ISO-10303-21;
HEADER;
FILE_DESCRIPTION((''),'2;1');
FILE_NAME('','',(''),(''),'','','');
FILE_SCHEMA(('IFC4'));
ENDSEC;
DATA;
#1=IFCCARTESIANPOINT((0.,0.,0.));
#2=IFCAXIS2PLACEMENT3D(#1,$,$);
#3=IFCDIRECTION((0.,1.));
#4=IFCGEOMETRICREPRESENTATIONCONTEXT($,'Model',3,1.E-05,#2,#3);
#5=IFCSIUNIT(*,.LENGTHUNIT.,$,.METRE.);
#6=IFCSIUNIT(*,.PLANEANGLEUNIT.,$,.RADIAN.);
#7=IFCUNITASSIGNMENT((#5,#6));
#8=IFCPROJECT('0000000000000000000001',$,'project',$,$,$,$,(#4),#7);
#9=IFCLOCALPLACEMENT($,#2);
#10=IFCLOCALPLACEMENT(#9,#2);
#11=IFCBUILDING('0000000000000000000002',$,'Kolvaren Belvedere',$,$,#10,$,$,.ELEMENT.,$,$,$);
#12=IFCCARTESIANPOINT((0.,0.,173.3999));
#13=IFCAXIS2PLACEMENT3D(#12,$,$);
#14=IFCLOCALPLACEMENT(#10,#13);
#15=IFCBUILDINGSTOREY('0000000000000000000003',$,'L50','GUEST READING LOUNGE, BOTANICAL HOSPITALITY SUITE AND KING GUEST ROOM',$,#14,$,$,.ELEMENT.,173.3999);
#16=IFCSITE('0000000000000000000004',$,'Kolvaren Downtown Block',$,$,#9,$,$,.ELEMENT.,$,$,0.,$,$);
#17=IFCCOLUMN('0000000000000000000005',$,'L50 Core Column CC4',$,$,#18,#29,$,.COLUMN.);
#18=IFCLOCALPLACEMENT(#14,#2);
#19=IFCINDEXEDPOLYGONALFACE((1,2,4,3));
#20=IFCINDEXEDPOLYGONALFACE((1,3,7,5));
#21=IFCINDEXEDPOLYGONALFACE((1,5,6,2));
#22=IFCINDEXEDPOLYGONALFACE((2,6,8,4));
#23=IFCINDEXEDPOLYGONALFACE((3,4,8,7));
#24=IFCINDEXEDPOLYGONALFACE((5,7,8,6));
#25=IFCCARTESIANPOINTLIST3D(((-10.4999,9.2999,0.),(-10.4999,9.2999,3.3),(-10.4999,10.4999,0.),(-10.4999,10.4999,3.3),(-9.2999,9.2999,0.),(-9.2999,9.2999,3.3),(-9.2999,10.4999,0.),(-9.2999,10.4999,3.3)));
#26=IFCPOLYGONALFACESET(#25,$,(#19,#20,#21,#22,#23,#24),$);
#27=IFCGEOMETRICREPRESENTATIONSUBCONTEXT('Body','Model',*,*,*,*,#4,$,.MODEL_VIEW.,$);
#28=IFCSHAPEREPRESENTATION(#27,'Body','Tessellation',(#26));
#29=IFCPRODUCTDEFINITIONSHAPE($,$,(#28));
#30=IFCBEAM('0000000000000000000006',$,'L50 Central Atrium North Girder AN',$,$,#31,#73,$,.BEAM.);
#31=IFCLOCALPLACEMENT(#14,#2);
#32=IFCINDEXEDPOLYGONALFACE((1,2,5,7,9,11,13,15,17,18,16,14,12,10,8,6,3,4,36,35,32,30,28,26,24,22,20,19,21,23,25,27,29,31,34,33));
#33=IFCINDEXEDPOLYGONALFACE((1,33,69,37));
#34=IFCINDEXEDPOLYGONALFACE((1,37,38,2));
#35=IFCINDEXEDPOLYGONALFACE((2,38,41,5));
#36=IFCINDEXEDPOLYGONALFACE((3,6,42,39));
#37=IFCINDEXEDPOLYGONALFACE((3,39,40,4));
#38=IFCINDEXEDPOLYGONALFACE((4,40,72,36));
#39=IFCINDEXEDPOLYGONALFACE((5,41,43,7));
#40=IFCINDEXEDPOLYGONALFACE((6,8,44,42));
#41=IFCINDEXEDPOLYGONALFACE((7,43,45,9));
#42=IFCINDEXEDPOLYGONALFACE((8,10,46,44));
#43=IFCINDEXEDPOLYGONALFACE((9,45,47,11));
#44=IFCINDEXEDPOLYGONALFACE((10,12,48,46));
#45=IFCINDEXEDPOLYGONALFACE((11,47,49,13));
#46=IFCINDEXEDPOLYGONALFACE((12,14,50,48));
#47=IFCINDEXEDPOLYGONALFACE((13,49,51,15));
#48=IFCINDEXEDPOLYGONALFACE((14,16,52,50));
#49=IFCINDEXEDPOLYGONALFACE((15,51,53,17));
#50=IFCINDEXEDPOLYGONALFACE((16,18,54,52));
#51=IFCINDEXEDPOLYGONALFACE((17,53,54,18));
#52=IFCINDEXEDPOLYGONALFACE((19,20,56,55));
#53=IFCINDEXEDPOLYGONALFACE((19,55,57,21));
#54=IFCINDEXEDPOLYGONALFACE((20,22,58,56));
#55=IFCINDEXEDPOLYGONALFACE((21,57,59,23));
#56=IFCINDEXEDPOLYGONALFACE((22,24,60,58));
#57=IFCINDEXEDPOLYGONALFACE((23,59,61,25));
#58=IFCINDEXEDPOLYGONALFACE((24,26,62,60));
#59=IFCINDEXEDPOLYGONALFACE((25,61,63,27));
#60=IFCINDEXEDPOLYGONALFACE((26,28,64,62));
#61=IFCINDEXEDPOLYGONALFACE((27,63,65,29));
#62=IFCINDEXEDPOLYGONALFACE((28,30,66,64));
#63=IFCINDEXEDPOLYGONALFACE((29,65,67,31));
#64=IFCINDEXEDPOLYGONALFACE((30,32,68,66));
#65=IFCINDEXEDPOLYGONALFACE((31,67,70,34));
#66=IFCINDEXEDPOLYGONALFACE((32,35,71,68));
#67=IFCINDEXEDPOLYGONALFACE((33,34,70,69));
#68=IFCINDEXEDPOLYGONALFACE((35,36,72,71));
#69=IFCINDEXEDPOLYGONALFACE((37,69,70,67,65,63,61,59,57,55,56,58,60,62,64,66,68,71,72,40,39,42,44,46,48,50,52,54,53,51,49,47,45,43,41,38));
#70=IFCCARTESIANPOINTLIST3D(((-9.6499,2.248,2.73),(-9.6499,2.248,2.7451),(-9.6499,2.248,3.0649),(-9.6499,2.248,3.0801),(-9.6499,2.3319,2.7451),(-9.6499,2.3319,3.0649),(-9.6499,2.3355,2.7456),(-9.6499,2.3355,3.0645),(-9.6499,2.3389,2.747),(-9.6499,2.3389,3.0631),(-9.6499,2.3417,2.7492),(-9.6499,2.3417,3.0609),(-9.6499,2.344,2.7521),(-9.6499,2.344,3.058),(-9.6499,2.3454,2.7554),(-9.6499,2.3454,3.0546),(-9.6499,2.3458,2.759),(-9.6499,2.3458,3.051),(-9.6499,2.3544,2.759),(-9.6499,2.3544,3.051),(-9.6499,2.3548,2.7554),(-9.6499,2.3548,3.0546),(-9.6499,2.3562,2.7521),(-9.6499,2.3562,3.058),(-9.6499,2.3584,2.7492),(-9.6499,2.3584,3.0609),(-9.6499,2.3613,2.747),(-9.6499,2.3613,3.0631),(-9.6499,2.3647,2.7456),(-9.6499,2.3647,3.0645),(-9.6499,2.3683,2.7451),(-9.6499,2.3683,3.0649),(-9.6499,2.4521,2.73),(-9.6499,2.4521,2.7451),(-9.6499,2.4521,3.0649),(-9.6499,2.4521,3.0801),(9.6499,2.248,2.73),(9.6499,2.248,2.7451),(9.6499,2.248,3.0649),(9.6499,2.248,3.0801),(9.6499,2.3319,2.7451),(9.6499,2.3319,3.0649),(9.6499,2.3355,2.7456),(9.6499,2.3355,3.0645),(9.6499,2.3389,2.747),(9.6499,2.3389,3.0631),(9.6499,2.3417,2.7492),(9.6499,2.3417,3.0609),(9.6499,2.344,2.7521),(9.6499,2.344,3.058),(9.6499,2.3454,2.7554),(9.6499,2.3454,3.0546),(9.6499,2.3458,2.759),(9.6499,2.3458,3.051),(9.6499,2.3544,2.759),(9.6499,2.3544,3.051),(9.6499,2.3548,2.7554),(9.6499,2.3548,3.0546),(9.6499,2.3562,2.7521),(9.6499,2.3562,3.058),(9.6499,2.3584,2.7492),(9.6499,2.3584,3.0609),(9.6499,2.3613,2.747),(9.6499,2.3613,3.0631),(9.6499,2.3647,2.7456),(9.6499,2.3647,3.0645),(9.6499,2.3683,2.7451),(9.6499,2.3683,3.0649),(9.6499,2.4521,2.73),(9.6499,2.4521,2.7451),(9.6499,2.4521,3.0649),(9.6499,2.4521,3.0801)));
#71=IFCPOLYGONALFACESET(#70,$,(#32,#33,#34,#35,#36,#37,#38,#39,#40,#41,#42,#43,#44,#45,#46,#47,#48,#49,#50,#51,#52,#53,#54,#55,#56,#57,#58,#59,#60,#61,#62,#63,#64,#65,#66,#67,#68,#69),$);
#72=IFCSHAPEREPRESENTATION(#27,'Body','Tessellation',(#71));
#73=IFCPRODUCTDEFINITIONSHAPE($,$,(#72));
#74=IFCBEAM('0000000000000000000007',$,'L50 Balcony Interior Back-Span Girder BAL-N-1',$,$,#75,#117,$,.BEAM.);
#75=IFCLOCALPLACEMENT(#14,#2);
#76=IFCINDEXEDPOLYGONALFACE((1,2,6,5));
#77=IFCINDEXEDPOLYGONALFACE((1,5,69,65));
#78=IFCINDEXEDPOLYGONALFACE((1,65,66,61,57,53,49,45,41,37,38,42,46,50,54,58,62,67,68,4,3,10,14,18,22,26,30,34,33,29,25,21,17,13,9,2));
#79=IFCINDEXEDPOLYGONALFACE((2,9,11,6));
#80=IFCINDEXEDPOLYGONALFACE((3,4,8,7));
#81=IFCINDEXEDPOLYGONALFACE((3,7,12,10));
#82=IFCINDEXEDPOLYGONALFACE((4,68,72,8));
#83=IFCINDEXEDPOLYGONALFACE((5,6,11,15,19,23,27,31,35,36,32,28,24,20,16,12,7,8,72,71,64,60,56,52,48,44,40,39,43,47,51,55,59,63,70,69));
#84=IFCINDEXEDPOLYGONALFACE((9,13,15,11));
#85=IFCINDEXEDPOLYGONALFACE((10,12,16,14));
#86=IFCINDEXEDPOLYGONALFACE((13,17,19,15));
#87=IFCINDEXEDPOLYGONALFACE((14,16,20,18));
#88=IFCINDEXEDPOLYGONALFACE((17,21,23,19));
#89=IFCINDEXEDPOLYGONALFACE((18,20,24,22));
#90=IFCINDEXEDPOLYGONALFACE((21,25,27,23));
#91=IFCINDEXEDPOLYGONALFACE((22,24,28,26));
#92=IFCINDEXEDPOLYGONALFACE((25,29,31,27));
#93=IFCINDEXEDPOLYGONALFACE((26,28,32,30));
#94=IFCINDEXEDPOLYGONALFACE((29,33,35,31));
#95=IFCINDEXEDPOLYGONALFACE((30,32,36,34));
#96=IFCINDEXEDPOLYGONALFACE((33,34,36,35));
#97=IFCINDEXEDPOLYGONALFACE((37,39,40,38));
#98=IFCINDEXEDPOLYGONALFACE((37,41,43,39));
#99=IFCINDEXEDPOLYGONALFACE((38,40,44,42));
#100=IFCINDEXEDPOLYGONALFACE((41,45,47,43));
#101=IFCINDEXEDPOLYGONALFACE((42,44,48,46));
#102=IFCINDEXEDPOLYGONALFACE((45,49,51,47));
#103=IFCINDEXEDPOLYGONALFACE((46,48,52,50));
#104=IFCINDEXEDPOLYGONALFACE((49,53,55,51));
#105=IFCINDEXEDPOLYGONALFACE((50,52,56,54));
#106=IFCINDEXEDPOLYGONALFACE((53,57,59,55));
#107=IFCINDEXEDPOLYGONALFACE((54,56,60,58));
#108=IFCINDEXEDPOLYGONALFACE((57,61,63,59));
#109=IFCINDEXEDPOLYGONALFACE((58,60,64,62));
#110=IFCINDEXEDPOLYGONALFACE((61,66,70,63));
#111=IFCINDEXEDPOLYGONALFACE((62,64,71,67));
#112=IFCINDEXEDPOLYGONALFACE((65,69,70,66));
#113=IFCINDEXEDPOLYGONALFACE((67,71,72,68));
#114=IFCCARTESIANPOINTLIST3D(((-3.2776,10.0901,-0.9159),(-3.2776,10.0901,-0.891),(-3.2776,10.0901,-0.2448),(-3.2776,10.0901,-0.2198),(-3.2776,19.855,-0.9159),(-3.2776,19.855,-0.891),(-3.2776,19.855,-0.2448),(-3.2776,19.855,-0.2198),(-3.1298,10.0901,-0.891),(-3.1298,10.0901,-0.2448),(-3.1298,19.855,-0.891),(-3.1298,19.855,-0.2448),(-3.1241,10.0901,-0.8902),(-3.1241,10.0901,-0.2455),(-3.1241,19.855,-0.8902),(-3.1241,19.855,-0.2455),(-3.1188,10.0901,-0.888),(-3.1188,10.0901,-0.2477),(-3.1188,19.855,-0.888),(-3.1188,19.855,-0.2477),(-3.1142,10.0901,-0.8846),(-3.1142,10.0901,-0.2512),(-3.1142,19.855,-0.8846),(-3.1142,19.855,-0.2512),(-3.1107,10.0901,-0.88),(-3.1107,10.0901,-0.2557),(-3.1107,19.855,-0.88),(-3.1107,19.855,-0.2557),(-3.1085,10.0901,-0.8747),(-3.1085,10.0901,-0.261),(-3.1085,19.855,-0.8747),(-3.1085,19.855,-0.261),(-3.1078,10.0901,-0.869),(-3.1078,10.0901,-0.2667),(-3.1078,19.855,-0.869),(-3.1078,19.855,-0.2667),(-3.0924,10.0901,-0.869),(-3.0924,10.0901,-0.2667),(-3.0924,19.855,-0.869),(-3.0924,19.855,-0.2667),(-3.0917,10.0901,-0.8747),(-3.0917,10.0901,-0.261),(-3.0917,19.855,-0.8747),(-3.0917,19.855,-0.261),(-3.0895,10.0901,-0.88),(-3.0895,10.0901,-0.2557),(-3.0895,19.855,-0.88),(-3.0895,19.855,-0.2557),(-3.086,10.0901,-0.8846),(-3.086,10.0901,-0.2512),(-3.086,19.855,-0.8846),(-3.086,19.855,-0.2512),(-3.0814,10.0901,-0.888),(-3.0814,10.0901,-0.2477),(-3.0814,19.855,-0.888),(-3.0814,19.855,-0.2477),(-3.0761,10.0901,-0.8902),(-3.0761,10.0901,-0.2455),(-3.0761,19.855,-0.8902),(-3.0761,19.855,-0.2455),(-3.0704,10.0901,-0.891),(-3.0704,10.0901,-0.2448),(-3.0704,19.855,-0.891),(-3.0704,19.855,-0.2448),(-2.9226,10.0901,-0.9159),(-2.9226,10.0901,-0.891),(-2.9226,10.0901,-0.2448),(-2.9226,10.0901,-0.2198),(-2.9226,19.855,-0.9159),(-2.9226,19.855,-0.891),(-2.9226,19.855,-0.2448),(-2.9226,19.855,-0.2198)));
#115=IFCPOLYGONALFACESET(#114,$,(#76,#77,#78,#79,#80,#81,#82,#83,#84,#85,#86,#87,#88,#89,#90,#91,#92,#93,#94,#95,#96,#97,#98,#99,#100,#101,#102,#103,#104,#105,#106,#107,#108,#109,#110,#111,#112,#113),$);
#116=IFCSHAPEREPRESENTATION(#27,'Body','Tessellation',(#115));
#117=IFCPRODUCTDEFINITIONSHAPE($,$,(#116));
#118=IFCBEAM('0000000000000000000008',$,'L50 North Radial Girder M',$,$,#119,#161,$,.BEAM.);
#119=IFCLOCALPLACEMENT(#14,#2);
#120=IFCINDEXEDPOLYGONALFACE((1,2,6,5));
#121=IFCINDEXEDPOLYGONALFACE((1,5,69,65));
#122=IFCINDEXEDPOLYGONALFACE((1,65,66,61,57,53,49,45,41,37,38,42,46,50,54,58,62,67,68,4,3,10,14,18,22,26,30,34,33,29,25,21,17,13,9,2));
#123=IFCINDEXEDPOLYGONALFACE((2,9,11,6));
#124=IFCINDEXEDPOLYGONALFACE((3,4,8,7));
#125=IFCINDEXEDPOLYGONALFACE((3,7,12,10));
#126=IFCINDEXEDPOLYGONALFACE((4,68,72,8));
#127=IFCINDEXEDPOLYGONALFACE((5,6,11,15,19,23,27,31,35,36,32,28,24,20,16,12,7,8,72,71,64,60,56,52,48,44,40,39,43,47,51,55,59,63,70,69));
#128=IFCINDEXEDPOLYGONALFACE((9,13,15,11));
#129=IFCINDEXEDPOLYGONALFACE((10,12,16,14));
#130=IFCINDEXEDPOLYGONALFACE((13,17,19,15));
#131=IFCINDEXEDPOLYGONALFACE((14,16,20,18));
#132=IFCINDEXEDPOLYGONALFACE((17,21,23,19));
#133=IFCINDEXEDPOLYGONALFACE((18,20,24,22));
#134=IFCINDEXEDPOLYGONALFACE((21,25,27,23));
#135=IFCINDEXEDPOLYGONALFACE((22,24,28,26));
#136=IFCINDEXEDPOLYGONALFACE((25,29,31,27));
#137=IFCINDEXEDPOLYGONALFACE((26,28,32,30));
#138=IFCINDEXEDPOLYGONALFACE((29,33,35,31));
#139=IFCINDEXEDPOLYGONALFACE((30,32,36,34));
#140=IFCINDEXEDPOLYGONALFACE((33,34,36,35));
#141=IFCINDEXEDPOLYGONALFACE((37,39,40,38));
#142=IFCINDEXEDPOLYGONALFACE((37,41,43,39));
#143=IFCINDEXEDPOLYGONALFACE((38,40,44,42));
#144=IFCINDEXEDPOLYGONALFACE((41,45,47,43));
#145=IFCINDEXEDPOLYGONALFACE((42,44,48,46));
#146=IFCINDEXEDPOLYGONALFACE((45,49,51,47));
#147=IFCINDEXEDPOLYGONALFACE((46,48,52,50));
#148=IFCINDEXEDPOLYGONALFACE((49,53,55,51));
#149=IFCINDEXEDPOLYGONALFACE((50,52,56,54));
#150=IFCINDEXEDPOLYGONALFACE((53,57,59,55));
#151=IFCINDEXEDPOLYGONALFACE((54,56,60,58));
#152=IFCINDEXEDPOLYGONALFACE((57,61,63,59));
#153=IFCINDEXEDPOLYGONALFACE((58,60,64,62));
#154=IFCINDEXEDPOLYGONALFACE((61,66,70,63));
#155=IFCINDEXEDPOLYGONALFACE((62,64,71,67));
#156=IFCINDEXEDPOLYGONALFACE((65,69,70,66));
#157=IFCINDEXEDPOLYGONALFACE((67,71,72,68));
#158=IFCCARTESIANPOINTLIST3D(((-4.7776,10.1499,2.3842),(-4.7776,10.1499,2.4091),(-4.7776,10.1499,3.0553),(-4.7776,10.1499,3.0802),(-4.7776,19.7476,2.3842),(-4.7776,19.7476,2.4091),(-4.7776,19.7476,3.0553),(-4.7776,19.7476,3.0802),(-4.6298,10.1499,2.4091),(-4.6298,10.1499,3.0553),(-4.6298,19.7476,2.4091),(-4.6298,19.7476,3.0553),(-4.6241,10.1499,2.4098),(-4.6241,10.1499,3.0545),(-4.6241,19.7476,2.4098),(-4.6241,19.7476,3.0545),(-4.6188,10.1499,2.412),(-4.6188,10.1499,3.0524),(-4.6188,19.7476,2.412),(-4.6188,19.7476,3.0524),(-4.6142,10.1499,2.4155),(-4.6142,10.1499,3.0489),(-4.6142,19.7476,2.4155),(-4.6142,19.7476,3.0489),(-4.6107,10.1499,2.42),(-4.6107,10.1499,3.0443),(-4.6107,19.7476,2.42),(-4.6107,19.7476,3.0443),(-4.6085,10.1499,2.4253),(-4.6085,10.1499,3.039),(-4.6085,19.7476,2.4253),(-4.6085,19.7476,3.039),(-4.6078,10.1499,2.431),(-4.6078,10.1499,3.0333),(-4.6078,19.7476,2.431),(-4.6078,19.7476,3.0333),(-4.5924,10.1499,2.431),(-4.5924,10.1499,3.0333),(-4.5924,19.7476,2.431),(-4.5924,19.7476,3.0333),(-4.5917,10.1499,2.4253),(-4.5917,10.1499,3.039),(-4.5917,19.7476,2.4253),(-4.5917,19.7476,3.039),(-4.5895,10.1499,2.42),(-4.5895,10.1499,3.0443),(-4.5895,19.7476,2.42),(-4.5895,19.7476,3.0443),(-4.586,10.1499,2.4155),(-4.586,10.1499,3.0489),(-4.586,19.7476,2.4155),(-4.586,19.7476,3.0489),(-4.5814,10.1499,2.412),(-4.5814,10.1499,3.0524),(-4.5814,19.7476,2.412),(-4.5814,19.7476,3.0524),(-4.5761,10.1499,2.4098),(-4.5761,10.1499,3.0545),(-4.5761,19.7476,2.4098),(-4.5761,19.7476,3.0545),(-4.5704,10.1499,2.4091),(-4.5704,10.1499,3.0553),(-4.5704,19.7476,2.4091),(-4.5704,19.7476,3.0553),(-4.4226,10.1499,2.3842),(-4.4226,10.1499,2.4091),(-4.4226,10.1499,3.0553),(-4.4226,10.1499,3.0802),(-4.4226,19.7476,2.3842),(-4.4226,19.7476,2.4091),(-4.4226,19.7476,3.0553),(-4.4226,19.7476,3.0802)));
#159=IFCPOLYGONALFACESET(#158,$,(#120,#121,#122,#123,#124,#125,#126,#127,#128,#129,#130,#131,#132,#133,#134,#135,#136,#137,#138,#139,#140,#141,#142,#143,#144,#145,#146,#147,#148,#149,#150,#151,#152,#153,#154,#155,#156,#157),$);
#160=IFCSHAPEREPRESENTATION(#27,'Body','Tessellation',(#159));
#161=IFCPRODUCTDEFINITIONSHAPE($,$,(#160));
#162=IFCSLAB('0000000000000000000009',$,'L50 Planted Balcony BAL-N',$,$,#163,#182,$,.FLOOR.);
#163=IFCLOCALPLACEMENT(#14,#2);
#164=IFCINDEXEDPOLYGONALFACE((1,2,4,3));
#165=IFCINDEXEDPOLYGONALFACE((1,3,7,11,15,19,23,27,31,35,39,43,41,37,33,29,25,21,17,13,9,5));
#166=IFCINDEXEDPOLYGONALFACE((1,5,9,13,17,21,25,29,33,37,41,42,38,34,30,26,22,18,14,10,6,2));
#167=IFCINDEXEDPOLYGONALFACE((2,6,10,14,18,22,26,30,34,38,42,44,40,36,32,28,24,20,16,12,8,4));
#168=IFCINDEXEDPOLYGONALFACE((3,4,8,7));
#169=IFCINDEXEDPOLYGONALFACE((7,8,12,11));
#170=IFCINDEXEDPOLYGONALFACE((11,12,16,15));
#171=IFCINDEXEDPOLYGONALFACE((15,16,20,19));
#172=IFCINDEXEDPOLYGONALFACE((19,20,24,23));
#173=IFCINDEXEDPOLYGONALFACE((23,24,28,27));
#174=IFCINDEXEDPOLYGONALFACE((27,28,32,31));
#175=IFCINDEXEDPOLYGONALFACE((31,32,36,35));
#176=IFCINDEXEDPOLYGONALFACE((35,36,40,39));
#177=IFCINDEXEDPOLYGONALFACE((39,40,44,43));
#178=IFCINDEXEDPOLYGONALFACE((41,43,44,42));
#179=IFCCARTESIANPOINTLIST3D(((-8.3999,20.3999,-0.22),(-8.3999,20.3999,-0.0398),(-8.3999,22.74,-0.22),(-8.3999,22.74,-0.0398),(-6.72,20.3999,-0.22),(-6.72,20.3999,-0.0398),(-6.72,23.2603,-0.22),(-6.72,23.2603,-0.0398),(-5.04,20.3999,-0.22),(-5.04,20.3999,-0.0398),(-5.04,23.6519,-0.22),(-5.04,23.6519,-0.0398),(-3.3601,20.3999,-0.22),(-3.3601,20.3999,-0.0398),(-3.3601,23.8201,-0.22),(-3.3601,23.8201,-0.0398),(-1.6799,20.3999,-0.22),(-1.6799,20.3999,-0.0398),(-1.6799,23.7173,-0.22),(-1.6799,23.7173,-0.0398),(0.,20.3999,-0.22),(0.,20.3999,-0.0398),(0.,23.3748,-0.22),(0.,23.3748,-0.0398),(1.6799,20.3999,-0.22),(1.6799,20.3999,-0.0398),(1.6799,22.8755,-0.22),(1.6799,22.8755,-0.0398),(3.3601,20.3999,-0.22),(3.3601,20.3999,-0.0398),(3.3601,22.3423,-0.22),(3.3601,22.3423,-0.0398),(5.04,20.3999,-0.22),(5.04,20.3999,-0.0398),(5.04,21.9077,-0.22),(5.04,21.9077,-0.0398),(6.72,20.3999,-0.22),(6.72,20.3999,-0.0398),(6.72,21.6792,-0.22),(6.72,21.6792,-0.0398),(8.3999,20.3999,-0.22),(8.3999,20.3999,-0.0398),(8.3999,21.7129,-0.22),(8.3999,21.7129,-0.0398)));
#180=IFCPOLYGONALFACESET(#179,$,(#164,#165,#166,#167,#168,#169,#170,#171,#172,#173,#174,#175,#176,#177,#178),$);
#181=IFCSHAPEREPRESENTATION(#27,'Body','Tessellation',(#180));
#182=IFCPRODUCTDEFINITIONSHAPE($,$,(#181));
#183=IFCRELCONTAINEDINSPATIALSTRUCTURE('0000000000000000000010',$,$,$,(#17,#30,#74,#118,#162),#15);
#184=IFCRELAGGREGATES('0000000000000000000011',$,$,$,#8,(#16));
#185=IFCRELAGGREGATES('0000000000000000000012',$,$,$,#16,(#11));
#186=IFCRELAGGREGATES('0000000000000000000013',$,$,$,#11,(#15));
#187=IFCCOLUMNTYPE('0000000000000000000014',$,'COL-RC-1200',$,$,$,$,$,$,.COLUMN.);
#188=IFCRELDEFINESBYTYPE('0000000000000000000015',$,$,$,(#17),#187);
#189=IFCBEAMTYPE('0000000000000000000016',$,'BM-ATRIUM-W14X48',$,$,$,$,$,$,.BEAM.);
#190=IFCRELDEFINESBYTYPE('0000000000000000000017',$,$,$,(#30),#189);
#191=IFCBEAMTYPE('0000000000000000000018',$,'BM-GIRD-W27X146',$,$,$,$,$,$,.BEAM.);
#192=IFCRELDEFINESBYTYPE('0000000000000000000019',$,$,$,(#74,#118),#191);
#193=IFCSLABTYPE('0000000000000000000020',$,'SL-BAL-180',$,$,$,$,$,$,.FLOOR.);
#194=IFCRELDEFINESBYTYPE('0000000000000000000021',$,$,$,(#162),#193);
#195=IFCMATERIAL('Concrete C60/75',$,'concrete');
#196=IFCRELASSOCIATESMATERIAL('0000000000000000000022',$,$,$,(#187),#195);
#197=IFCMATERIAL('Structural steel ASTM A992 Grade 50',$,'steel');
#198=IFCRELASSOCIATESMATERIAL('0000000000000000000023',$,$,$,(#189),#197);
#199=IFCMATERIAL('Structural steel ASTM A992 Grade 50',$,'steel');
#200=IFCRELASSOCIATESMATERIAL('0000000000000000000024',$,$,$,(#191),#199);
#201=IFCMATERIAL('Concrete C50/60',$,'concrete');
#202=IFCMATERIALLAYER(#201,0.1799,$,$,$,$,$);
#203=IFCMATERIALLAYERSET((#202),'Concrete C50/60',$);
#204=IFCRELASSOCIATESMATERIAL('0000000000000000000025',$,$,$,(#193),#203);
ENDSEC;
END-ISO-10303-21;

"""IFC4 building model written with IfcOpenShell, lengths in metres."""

from ifc_helpers import new_model, si_unit, direction, frame, origin, origin_2d, place, context, subcontext, project, spatial, polyline, rectangle, i_section, outline, extrude, material, layer, layer_set, material_profile, profile_set, type_object, element, save


model = new_model("IFC4")

# Units and contexts
model_context = context("Model", 3, precision=1e-05, world=origin(), true_north=direction((0.0, 1.0)))
body_context = subcontext(model_context, "Body", "Model", "MODEL_VIEW")
ifc_project = project(units=[si_unit("LENGTHUNIT", "METRE"), si_unit("PLANEANGLEUNIT", "RADIAN")], contexts=[model_context])

# Site, building, storey
site_placement = place(None, origin())
site = spatial("IfcSite", under=ifc_project, at=site_placement, Name="Kolvaren Downtown Block", CompositionType="ELEMENT", RefElevation=0.0)
building_placement = place(site_placement, origin())
building = spatial("IfcBuilding", under=site, at=building_placement, Name="Kolvaren Belvedere", CompositionType="ELEMENT")
storey_placement = place(building_placement, frame((0.0, 0.0, 173.3999)))
storey = spatial("IfcBuildingStorey", under=building, at=storey_placement, Name="L50", Description="GUEST READING LOUNGE, BOTANICAL HOSPITALITY SUITE AND KING GUEST ROOM", CompositionType="ELEMENT", Elevation=173.3999)

# Column
ifc_material_1 = material(Name="Concrete C60/75", Category="concrete")
ifc_material_profile_1 = material_profile(ifc_material_1, rectangle(XDim=1.2, YDim=1.2, at=origin_2d()), Name="RC 1200X1200")
ifc_profile_set_1 = profile_set([ifc_material_profile_1], Name="Concrete C60/75")
column_type = type_object("IfcColumnType", Name="COL-RC-1200", PredefinedType="COLUMN", material=ifc_profile_set_1)
column_placement = place(storey_placement, frame((-9.8999, 9.8999, 0.0), z_axis=(0.0, 0.0, 1.0), x_axis=(1.0, 0.0, 0.0)))
element("IfcColumn", 1, at=column_placement, inside=storey, type_object=column_type, Name="L50 Core Column CC4", PredefinedType="COLUMN", context=body_context, shape_type="SweptSolid", body=[
    extrude(rectangle(XDim=1.2, YDim=1.2, at=origin_2d()), origin(), (0.0, 0.0, 1.0), 3.3),
])

# Beams
ifc_material_2 = material(Name="Structural steel ASTM A992 Grade 50", Category="steel")
ifc_material_profile_2 = material_profile(ifc_material_2, i_section(OverallWidth=0.2041, OverallDepth=0.3501, WebThickness=0.0085, FlangeThickness=0.0151, FilletRadius=0.0139, at=origin_2d()), Name="W14X48")
ifc_profile_set_2 = profile_set([ifc_material_profile_2], Name="Structural steel ASTM A992 Grade 50")
beam_type_1 = type_object("IfcBeamType", Name="BM-ATRIUM-W14X48", PredefinedType="BEAM", material=ifc_profile_set_2)
beam_1_placement = place(storey_placement, frame((-9.6499, 2.3501, 2.905), z_axis=(1.0, 0.0, 0.0), x_axis=(0.0, 1.0, 0.0)))
element("IfcBeam", 2, at=beam_1_placement, inside=storey, type_object=beam_type_1, Name="L50 Central Atrium North Girder AN", PredefinedType="BEAM", context=body_context, shape_type="SweptSolid", body=[
    extrude(i_section(OverallWidth=0.2041, OverallDepth=0.3501, WebThickness=0.0085, FlangeThickness=0.0151, FilletRadius=0.0139, at=origin_2d()), origin(), (0.0, 0.0, 1.0), 19.2998),
])
ifc_material_3 = material(Name="Structural steel ASTM A992 Grade 50", Category="steel")
ifc_material_profile_3 = material_profile(ifc_material_3, i_section(OverallWidth=0.355, OverallDepth=0.696, WebThickness=0.0154, FlangeThickness=0.0249, FilletRadius=0.022, at=origin_2d()), Name="W27X146")
ifc_profile_set_3 = profile_set([ifc_material_profile_3], Name="Structural steel ASTM A992 Grade 50")
beam_type_2 = type_object("IfcBeamType", Name="BM-GIRD-W27X146", PredefinedType="BEAM", material=ifc_profile_set_3)
beam_2_placement = place(storey_placement, frame((-3.1001, 10.0901, -0.5679), z_axis=(0.0, 1.0, 0.0), x_axis=(-1.0, 0.0, 0.0)))
element("IfcBeam", 3, at=beam_2_placement, inside=storey, type_object=beam_type_2, Name="L50 Balcony Interior Back-Span Girder BAL-N-1", PredefinedType="BEAM", context=body_context, shape_type="SweptSolid", body=[
    extrude(i_section(OverallWidth=0.355, OverallDepth=0.696, WebThickness=0.0154, FlangeThickness=0.0249, FilletRadius=0.022, at=origin_2d()), origin(), (0.0, 0.0, 1.0), 9.7649),
])
beam_3_placement = place(storey_placement, frame((-4.6001, 10.1499, 2.7322), z_axis=(0.0, 1.0, 0.0), x_axis=(-1.0, 0.0, 0.0)))
element("IfcBeam", 4, at=beam_3_placement, inside=storey, type_object=beam_type_2, Name="L50 North Radial Girder M", PredefinedType="BEAM", context=body_context, shape_type="SweptSolid", body=[
    extrude(i_section(OverallWidth=0.355, OverallDepth=0.696, WebThickness=0.0154, FlangeThickness=0.0249, FilletRadius=0.022, at=origin_2d()), origin(), (0.0, 0.0, 1.0), 9.5977),
])

# Slab
ifc_material_4 = material(Name="Concrete C50/60", Category="concrete")
ifc_layer_1 = layer(ifc_material_4, 0.1799)
ifc_layer_set_1 = layer_set([ifc_layer_1], Name="Concrete C50/60")
slab_type_1 = type_object("IfcSlabType", Name="SL-BAL-180", PredefinedType="FLOOR", material=ifc_layer_set_1)
slab_1_placement = place(storey_placement, frame((0.0, 0.0, -0.22)))
element("IfcSlab", 5, at=slab_1_placement, inside=storey, type_object=slab_type_1, Name="L50 Planted Balcony BAL-N", PredefinedType="FLOOR", context=body_context, shape_type="SweptSolid", body=[
    extrude(outline(polyline([(-8.3999, 20.3999), (-6.72, 20.3999), (-5.04, 20.3999), (-3.3601, 20.3999), (-1.6799, 20.3999), (0.0, 20.3999), (1.6799, 20.3999), (3.3601, 20.3999), (5.04, 20.3999), (6.72, 20.3999), (8.3999, 20.3999), (8.3999, 21.7129), (6.72, 21.6792), (5.04, 21.9077), (3.3601, 22.3423), (1.6799, 22.8755), (0.0, 23.3748), (-1.6799, 23.7173), (-3.3601, 23.8201), (-5.04, 23.6519), (-6.72, 23.2603), (-8.3999, 22.74), (-8.3999, 20.3999)])), origin(), (0.0, 0.0, 1.0), 0.1802),
])

save(model, "model.ifc")
